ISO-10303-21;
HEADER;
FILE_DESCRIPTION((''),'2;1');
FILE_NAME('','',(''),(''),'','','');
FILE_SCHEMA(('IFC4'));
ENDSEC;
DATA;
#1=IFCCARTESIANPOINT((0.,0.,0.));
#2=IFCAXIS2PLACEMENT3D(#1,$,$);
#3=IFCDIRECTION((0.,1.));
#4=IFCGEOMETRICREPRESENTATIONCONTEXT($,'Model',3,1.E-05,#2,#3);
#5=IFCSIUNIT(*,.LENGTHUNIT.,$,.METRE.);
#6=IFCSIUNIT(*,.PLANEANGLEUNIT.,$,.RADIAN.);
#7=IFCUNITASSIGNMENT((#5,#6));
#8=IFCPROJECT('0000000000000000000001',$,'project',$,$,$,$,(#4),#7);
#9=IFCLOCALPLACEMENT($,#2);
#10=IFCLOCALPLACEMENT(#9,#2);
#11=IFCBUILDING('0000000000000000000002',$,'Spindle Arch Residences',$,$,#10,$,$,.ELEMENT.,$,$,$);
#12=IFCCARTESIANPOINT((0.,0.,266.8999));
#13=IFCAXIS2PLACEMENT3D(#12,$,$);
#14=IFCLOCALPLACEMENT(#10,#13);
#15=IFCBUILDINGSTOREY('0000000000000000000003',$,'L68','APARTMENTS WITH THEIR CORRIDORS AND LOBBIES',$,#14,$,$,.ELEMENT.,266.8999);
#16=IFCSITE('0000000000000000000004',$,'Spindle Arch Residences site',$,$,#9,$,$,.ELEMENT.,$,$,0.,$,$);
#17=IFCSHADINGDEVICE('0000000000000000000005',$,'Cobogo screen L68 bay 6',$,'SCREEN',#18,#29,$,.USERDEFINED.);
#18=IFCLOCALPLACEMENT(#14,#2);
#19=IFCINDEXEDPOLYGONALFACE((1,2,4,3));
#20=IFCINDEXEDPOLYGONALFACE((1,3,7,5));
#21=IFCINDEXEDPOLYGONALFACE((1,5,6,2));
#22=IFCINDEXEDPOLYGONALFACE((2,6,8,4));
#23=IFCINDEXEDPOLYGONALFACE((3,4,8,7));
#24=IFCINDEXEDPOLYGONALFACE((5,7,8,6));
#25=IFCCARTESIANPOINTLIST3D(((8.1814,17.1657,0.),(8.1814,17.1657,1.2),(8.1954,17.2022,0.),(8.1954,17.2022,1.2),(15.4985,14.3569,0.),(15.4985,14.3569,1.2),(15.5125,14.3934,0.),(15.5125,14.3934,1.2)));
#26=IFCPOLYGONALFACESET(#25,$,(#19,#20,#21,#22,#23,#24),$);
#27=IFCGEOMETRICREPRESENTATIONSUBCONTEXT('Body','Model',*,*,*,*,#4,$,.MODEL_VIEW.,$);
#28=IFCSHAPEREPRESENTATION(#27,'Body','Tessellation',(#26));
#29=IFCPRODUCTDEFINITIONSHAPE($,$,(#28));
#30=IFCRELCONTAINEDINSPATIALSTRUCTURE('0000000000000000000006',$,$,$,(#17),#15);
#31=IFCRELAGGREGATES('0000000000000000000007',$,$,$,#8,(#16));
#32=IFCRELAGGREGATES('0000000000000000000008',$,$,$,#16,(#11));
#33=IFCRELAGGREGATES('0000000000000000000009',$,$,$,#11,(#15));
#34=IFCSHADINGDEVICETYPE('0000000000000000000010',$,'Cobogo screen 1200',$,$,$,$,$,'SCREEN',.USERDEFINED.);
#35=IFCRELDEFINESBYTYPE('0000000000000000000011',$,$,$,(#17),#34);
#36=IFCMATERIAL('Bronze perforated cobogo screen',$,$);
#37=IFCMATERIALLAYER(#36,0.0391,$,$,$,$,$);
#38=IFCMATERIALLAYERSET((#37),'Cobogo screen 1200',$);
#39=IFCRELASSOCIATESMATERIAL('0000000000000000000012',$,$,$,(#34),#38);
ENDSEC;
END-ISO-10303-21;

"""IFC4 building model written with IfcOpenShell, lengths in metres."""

from ifc_helpers import new_model, si_unit, direction, frame, origin, origin_2d, place, context, subcontext, project, spatial, rectangle, extrude, material, layer, layer_set, type_object, element, save


model = new_model("IFC4")

# Units and contexts
model_context = context("Model", 3, precision=1e-05, world=origin(), true_north=direction((0.0, 1.0)))
body_context = subcontext(model_context, "Body", "Model", "MODEL_VIEW")
ifc_project = project(units=[si_unit("LENGTHUNIT", "METRE"), si_unit("PLANEANGLEUNIT", "RADIAN")], contexts=[model_context])

# Site, building, storey
site_placement = place(None, origin())
site = spatial("IfcSite", under=ifc_project, at=site_placement, Name="Spindle Arch Residences site", CompositionType="ELEMENT", RefElevation=0.0)
building_placement = place(site_placement, origin())
building = spatial("IfcBuilding", under=site, at=building_placement, Name="Spindle Arch Residences", CompositionType="ELEMENT")
storey_placement = place(building_placement, frame((0.0, 0.0, 266.8999)))
storey = spatial("IfcBuildingStorey", under=building, at=storey_placement, Name="L68", Description="APARTMENTS WITH THEIR CORRIDORS AND LOBBIES", CompositionType="ELEMENT", Elevation=266.8999)

# Shading device
ifc_material_1 = material(Name="Bronze perforated cobogo screen")
ifc_layer_1 = layer(ifc_material_1, 0.0391)
ifc_layer_set_1 = layer_set([ifc_layer_1], Name="Cobogo screen 1200")
shading_device_type = type_object("IfcShadingDeviceType", Name="Cobogo screen 1200", ElementType="SCREEN", PredefinedType="USERDEFINED", material=ifc_layer_set_1)
shading_device_placement = place(storey_placement, frame((11.8469, 15.7795, 0.0), z_axis=(0.0, 0.0, 1.0), x_axis=(-0.93358, 0.358368, 0.0)))
element("IfcShadingDevice", 1, at=shading_device_placement, inside=storey, type_object=shading_device_type, Name="Cobogo screen L68 bay 6", ObjectType="SCREEN", PredefinedType="USERDEFINED", context=body_context, shape_type="SweptSolid", body=[
    extrude(rectangle(XDim=7.8376, YDim=0.0391, at=origin_2d()), origin(), (0.0, 0.0, 1.0), 1.2),
])

save(model, "model.ifc")
